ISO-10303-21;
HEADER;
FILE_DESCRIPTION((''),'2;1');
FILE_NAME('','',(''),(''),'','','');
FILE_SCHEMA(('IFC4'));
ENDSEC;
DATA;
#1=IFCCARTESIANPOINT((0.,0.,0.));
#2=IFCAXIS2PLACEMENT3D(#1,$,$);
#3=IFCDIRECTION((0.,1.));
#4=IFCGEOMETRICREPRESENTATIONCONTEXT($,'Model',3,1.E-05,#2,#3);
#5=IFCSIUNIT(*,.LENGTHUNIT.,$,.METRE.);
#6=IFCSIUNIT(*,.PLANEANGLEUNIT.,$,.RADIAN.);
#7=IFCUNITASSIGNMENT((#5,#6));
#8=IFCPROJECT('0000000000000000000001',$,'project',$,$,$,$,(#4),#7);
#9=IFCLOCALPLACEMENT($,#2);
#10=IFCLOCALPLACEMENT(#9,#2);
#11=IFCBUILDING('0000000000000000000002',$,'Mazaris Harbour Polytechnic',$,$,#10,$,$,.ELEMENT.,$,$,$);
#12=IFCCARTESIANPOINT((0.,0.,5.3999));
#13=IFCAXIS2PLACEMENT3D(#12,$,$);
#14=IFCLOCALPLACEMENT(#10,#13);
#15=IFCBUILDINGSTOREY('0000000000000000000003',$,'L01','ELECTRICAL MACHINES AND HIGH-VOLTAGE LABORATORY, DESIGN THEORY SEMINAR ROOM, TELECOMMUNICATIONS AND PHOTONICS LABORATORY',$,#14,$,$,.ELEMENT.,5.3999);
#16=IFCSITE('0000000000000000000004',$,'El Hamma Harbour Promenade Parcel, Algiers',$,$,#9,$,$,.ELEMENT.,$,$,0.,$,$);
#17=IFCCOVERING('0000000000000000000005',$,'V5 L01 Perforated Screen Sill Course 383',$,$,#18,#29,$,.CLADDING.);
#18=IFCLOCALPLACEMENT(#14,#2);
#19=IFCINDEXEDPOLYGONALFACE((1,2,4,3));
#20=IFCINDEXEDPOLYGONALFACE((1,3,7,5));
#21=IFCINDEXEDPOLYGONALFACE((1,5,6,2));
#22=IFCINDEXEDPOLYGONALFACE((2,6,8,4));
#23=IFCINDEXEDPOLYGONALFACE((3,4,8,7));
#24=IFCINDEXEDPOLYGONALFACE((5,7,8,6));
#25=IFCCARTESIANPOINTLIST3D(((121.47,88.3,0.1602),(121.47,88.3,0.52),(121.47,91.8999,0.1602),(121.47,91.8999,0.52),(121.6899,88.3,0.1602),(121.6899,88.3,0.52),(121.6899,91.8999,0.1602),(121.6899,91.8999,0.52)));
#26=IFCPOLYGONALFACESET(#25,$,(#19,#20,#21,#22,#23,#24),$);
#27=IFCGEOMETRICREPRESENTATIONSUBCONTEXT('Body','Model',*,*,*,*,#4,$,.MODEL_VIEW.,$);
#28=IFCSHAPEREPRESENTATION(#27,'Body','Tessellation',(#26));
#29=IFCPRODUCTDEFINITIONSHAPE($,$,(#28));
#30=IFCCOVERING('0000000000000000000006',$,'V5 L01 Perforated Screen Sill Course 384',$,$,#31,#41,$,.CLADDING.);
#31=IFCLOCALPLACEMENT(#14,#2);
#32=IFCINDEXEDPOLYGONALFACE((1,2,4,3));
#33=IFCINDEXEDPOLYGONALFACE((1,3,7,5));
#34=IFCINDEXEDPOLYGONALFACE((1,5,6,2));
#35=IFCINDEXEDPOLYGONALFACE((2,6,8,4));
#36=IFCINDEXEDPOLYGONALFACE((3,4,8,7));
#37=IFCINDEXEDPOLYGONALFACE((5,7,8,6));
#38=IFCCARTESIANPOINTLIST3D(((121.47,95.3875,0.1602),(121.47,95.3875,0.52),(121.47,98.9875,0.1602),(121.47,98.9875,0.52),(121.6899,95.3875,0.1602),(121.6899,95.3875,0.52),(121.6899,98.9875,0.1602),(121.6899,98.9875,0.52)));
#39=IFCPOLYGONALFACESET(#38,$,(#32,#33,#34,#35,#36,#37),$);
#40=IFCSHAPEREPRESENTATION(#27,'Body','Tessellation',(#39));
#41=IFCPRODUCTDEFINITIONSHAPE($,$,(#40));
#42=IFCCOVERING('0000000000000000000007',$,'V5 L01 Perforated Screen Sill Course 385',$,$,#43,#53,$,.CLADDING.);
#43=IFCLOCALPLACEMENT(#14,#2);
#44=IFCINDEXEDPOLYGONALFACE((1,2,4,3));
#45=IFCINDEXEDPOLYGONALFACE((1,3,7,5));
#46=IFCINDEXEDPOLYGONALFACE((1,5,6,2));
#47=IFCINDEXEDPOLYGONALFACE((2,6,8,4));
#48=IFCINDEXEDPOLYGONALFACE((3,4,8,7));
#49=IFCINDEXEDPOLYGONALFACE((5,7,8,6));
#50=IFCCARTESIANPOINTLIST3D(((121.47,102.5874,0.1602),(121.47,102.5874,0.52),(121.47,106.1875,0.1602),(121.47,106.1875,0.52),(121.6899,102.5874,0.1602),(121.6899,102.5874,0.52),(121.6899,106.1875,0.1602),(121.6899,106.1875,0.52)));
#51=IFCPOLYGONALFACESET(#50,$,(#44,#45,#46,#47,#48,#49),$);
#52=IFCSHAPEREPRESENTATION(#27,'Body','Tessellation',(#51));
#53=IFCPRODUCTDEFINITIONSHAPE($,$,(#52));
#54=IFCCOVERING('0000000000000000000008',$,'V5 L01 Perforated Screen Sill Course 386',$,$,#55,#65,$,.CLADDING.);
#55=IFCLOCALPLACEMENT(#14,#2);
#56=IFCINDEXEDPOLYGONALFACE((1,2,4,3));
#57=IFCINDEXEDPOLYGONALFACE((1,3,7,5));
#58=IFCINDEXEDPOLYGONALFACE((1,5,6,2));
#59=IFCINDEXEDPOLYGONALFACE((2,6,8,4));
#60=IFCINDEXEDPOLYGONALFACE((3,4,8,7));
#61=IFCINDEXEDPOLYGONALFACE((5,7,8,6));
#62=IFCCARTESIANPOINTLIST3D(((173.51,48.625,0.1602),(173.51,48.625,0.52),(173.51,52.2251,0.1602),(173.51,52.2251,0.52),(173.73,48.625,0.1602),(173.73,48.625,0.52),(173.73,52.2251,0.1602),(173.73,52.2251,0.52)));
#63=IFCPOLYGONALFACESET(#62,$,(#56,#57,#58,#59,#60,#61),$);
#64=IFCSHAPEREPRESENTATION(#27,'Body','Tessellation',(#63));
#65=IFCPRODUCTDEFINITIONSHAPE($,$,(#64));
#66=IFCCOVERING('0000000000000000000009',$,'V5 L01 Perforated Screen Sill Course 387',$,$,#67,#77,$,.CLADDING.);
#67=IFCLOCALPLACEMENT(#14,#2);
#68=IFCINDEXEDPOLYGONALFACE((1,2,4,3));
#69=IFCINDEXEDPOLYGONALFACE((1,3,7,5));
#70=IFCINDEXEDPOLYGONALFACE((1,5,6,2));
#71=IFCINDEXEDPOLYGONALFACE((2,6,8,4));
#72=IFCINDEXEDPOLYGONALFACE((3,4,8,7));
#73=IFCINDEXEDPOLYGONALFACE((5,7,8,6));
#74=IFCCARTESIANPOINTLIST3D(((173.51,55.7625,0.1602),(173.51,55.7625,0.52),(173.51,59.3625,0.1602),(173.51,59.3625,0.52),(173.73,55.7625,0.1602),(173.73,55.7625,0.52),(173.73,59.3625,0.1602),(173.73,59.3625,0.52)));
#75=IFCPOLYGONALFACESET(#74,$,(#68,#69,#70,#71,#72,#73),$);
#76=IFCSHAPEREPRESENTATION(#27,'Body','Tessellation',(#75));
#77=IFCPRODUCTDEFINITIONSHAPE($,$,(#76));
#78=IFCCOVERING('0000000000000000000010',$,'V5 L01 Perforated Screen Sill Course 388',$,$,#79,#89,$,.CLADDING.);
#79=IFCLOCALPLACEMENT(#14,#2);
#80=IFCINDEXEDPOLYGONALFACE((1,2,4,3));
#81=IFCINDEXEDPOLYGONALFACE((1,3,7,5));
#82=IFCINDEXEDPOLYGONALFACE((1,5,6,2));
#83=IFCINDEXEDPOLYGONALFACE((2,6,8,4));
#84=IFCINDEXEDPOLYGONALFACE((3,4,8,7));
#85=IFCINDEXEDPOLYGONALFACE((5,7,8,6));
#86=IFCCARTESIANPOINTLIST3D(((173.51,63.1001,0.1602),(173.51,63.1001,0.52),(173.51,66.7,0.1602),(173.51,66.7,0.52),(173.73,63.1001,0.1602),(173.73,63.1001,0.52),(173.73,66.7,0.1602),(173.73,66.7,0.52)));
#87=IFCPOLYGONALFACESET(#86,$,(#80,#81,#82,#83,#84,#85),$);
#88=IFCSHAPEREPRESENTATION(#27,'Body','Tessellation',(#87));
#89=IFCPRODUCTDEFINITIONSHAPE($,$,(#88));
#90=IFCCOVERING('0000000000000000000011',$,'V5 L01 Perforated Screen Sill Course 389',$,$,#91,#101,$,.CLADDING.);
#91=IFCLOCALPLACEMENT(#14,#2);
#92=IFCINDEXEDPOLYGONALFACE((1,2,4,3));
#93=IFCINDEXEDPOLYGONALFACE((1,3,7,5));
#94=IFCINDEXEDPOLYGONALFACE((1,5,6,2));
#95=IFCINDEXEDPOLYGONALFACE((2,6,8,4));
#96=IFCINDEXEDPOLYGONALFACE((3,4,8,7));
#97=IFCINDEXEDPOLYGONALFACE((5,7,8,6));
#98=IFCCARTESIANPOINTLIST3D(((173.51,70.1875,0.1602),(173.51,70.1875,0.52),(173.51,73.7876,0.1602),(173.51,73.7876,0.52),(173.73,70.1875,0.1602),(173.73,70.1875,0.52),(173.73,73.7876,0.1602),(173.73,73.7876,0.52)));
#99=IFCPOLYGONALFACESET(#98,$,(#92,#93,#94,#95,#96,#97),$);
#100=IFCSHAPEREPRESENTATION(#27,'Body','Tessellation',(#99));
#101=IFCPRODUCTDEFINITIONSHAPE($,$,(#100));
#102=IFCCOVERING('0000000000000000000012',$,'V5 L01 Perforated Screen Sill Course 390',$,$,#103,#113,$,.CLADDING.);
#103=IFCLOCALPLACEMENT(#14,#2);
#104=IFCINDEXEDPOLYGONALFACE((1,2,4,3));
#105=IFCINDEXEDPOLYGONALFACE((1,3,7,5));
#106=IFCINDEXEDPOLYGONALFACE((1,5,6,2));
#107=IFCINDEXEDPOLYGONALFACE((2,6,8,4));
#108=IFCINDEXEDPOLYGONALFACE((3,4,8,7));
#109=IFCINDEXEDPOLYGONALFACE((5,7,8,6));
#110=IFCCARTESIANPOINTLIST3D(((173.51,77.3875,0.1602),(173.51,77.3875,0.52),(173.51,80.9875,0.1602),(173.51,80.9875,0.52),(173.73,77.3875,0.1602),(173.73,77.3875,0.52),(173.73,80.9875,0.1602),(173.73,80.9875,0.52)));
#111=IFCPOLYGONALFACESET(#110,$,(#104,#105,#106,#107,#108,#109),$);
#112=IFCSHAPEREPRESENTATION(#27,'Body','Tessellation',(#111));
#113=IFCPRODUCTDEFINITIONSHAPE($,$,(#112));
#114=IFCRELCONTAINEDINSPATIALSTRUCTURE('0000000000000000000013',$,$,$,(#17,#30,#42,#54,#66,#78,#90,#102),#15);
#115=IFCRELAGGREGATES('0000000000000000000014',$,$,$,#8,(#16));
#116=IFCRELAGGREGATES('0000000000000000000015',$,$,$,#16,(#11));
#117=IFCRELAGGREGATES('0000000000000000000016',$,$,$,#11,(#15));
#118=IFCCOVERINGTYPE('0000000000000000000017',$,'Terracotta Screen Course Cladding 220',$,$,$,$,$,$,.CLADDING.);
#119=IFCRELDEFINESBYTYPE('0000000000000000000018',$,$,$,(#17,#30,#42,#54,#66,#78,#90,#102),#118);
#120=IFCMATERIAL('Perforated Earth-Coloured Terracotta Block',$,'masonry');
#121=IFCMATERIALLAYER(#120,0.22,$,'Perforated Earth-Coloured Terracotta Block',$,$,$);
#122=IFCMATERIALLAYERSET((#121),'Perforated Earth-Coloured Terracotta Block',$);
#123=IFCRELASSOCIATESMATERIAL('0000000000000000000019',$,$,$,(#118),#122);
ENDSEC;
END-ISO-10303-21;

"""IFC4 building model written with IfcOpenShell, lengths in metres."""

from ifc_helpers import new_model, si_unit, direction, frame, origin, place, context, subcontext, project, spatial, polyline, outline, extrude, material, layer, layer_set, type_object, element, save


model = new_model("IFC4")

# Units and contexts
model_context = context("Model", 3, precision=1e-05, world=origin(), true_north=direction((0.0, 1.0)))
body_context = subcontext(model_context, "Body", "Model", "MODEL_VIEW")
ifc_project = project(units=[si_unit("LENGTHUNIT", "METRE"), si_unit("PLANEANGLEUNIT", "RADIAN")], contexts=[model_context])

# Site, building, storey
site_placement = place(None, origin())
site = spatial("IfcSite", under=ifc_project, at=site_placement, Name="El Hamma Harbour Promenade Parcel, Algiers", CompositionType="ELEMENT", RefElevation=0.0)
building_placement = place(site_placement, origin())
building = spatial("IfcBuilding", under=site, at=building_placement, Name="Mazaris Harbour Polytechnic", CompositionType="ELEMENT")
storey_placement = place(building_placement, frame((0.0, 0.0, 5.3999)))
storey = spatial("IfcBuildingStorey", under=building, at=storey_placement, Name="L01", Description="ELECTRICAL MACHINES AND HIGH-VOLTAGE LABORATORY, DESIGN THEORY SEMINAR ROOM, TELECOMMUNICATIONS AND PHOTONICS LABORATORY", CompositionType="ELEMENT", Elevation=5.3999)

# Coverings
ifc_material = material(Name="Perforated Earth-Coloured Terracotta Block", Category="masonry")
ifc_layer = layer(ifc_material, 0.22, Name="Perforated Earth-Coloured Terracotta Block")
ifc_layer_set = layer_set([ifc_layer], Name="Perforated Earth-Coloured Terracotta Block")
covering_type = type_object("IfcCoveringType", Name="Terracotta Screen Course Cladding 220", PredefinedType="CLADDING", material=ifc_layer_set)
covering_1_placement = place(storey_placement, frame((0.0, 0.0, 0.1602)))
element("IfcCovering", 1, at=covering_1_placement, inside=storey, type_object=covering_type, Name="V5 L01 Perforated Screen Sill Course 383", PredefinedType="CLADDING", context=body_context, shape_type="SweptSolid", body=[
    extrude(outline(polyline([(121.6899, 88.3), (121.6899, 91.8999), (121.47, 91.8999), (121.47, 88.3), (121.6899, 88.3)])), origin(), (0.0, 0.0, 1.0), 0.3599),
])
covering_2_placement = place(storey_placement, frame((0.0, 0.0, 0.1602)))
element("IfcCovering", 2, at=covering_2_placement, inside=storey, type_object=covering_type, Name="V5 L01 Perforated Screen Sill Course 384", PredefinedType="CLADDING", context=body_context, shape_type="SweptSolid", body=[
    extrude(outline(polyline([(121.6899, 95.3875), (121.6899, 98.9875), (121.47, 98.9875), (121.47, 95.3875), (121.6899, 95.3875)])), origin(), (0.0, 0.0, 1.0), 0.3599),
])
covering_3_placement = place(storey_placement, frame((0.0, 0.0, 0.1602)))
element("IfcCovering", 3, at=covering_3_placement, inside=storey, type_object=covering_type, Name="V5 L01 Perforated Screen Sill Course 385", PredefinedType="CLADDING", context=body_context, shape_type="SweptSolid", body=[
    extrude(outline(polyline([(121.6899, 102.5874), (121.6899, 106.1875), (121.47, 106.1875), (121.47, 102.5874), (121.6899, 102.5874)])), origin(), (0.0, 0.0, 1.0), 0.3599),
])
covering_4_placement = place(storey_placement, frame((0.0, 0.0, 0.1602)))
element("IfcCovering", 4, at=covering_4_placement, inside=storey, type_object=covering_type, Name="V5 L01 Perforated Screen Sill Course 386", PredefinedType="CLADDING", context=body_context, shape_type="SweptSolid", body=[
    extrude(outline(polyline([(173.51, 52.2251), (173.51, 48.625), (173.73, 48.625), (173.73, 52.2251), (173.51, 52.2251)])), origin(), (0.0, 0.0, 1.0), 0.3599),
])
covering_5_placement = place(storey_placement, frame((0.0, 0.0, 0.1602)))
element("IfcCovering", 5, at=covering_5_placement, inside=storey, type_object=covering_type, Name="V5 L01 Perforated Screen Sill Course 387", PredefinedType="CLADDING", context=body_context, shape_type="SweptSolid", body=[
    extrude(outline(polyline([(173.51, 59.3625), (173.51, 55.7625), (173.73, 55.7625), (173.73, 59.3625), (173.51, 59.3625)])), origin(), (0.0, 0.0, 1.0), 0.3599),
])
covering_6_placement = place(storey_placement, frame((0.0, 0.0, 0.1602)))
element("IfcCovering", 6, at=covering_6_placement, inside=storey, type_object=covering_type, Name="V5 L01 Perforated Screen Sill Course 388", PredefinedType="CLADDING", context=body_context, shape_type="SweptSolid", body=[
    extrude(outline(polyline([(173.51, 66.7), (173.51, 63.1001), (173.73, 63.1001), (173.73, 66.7), (173.51, 66.7)])), origin(), (0.0, 0.0, 1.0), 0.3599),
])
covering_7_placement = place(storey_placement, frame((0.0, 0.0, 0.1602)))
element("IfcCovering", 7, at=covering_7_placement, inside=storey, type_object=covering_type, Name="V5 L01 Perforated Screen Sill Course 389", PredefinedType="CLADDING", context=body_context, shape_type="SweptSolid", body=[
    extrude(outline(polyline([(173.51, 73.7876), (173.51, 70.1875), (173.73, 70.1875), (173.73, 73.7876), (173.51, 73.7876)])), origin(), (0.0, 0.0, 1.0), 0.3599),
])
covering_8_placement = place(storey_placement, frame((0.0, 0.0, 0.1602)))
element("IfcCovering", 8, at=covering_8_placement, inside=storey, type_object=covering_type, Name="V5 L01 Perforated Screen Sill Course 390", PredefinedType="CLADDING", context=body_context, shape_type="SweptSolid", body=[
    extrude(outline(polyline([(173.51, 80.9875), (173.51, 77.3875), (173.73, 77.3875), (173.73, 80.9875), (173.51, 80.9875)])), origin(), (0.0, 0.0, 1.0), 0.3599),
])

save(model, "model.ifc")
